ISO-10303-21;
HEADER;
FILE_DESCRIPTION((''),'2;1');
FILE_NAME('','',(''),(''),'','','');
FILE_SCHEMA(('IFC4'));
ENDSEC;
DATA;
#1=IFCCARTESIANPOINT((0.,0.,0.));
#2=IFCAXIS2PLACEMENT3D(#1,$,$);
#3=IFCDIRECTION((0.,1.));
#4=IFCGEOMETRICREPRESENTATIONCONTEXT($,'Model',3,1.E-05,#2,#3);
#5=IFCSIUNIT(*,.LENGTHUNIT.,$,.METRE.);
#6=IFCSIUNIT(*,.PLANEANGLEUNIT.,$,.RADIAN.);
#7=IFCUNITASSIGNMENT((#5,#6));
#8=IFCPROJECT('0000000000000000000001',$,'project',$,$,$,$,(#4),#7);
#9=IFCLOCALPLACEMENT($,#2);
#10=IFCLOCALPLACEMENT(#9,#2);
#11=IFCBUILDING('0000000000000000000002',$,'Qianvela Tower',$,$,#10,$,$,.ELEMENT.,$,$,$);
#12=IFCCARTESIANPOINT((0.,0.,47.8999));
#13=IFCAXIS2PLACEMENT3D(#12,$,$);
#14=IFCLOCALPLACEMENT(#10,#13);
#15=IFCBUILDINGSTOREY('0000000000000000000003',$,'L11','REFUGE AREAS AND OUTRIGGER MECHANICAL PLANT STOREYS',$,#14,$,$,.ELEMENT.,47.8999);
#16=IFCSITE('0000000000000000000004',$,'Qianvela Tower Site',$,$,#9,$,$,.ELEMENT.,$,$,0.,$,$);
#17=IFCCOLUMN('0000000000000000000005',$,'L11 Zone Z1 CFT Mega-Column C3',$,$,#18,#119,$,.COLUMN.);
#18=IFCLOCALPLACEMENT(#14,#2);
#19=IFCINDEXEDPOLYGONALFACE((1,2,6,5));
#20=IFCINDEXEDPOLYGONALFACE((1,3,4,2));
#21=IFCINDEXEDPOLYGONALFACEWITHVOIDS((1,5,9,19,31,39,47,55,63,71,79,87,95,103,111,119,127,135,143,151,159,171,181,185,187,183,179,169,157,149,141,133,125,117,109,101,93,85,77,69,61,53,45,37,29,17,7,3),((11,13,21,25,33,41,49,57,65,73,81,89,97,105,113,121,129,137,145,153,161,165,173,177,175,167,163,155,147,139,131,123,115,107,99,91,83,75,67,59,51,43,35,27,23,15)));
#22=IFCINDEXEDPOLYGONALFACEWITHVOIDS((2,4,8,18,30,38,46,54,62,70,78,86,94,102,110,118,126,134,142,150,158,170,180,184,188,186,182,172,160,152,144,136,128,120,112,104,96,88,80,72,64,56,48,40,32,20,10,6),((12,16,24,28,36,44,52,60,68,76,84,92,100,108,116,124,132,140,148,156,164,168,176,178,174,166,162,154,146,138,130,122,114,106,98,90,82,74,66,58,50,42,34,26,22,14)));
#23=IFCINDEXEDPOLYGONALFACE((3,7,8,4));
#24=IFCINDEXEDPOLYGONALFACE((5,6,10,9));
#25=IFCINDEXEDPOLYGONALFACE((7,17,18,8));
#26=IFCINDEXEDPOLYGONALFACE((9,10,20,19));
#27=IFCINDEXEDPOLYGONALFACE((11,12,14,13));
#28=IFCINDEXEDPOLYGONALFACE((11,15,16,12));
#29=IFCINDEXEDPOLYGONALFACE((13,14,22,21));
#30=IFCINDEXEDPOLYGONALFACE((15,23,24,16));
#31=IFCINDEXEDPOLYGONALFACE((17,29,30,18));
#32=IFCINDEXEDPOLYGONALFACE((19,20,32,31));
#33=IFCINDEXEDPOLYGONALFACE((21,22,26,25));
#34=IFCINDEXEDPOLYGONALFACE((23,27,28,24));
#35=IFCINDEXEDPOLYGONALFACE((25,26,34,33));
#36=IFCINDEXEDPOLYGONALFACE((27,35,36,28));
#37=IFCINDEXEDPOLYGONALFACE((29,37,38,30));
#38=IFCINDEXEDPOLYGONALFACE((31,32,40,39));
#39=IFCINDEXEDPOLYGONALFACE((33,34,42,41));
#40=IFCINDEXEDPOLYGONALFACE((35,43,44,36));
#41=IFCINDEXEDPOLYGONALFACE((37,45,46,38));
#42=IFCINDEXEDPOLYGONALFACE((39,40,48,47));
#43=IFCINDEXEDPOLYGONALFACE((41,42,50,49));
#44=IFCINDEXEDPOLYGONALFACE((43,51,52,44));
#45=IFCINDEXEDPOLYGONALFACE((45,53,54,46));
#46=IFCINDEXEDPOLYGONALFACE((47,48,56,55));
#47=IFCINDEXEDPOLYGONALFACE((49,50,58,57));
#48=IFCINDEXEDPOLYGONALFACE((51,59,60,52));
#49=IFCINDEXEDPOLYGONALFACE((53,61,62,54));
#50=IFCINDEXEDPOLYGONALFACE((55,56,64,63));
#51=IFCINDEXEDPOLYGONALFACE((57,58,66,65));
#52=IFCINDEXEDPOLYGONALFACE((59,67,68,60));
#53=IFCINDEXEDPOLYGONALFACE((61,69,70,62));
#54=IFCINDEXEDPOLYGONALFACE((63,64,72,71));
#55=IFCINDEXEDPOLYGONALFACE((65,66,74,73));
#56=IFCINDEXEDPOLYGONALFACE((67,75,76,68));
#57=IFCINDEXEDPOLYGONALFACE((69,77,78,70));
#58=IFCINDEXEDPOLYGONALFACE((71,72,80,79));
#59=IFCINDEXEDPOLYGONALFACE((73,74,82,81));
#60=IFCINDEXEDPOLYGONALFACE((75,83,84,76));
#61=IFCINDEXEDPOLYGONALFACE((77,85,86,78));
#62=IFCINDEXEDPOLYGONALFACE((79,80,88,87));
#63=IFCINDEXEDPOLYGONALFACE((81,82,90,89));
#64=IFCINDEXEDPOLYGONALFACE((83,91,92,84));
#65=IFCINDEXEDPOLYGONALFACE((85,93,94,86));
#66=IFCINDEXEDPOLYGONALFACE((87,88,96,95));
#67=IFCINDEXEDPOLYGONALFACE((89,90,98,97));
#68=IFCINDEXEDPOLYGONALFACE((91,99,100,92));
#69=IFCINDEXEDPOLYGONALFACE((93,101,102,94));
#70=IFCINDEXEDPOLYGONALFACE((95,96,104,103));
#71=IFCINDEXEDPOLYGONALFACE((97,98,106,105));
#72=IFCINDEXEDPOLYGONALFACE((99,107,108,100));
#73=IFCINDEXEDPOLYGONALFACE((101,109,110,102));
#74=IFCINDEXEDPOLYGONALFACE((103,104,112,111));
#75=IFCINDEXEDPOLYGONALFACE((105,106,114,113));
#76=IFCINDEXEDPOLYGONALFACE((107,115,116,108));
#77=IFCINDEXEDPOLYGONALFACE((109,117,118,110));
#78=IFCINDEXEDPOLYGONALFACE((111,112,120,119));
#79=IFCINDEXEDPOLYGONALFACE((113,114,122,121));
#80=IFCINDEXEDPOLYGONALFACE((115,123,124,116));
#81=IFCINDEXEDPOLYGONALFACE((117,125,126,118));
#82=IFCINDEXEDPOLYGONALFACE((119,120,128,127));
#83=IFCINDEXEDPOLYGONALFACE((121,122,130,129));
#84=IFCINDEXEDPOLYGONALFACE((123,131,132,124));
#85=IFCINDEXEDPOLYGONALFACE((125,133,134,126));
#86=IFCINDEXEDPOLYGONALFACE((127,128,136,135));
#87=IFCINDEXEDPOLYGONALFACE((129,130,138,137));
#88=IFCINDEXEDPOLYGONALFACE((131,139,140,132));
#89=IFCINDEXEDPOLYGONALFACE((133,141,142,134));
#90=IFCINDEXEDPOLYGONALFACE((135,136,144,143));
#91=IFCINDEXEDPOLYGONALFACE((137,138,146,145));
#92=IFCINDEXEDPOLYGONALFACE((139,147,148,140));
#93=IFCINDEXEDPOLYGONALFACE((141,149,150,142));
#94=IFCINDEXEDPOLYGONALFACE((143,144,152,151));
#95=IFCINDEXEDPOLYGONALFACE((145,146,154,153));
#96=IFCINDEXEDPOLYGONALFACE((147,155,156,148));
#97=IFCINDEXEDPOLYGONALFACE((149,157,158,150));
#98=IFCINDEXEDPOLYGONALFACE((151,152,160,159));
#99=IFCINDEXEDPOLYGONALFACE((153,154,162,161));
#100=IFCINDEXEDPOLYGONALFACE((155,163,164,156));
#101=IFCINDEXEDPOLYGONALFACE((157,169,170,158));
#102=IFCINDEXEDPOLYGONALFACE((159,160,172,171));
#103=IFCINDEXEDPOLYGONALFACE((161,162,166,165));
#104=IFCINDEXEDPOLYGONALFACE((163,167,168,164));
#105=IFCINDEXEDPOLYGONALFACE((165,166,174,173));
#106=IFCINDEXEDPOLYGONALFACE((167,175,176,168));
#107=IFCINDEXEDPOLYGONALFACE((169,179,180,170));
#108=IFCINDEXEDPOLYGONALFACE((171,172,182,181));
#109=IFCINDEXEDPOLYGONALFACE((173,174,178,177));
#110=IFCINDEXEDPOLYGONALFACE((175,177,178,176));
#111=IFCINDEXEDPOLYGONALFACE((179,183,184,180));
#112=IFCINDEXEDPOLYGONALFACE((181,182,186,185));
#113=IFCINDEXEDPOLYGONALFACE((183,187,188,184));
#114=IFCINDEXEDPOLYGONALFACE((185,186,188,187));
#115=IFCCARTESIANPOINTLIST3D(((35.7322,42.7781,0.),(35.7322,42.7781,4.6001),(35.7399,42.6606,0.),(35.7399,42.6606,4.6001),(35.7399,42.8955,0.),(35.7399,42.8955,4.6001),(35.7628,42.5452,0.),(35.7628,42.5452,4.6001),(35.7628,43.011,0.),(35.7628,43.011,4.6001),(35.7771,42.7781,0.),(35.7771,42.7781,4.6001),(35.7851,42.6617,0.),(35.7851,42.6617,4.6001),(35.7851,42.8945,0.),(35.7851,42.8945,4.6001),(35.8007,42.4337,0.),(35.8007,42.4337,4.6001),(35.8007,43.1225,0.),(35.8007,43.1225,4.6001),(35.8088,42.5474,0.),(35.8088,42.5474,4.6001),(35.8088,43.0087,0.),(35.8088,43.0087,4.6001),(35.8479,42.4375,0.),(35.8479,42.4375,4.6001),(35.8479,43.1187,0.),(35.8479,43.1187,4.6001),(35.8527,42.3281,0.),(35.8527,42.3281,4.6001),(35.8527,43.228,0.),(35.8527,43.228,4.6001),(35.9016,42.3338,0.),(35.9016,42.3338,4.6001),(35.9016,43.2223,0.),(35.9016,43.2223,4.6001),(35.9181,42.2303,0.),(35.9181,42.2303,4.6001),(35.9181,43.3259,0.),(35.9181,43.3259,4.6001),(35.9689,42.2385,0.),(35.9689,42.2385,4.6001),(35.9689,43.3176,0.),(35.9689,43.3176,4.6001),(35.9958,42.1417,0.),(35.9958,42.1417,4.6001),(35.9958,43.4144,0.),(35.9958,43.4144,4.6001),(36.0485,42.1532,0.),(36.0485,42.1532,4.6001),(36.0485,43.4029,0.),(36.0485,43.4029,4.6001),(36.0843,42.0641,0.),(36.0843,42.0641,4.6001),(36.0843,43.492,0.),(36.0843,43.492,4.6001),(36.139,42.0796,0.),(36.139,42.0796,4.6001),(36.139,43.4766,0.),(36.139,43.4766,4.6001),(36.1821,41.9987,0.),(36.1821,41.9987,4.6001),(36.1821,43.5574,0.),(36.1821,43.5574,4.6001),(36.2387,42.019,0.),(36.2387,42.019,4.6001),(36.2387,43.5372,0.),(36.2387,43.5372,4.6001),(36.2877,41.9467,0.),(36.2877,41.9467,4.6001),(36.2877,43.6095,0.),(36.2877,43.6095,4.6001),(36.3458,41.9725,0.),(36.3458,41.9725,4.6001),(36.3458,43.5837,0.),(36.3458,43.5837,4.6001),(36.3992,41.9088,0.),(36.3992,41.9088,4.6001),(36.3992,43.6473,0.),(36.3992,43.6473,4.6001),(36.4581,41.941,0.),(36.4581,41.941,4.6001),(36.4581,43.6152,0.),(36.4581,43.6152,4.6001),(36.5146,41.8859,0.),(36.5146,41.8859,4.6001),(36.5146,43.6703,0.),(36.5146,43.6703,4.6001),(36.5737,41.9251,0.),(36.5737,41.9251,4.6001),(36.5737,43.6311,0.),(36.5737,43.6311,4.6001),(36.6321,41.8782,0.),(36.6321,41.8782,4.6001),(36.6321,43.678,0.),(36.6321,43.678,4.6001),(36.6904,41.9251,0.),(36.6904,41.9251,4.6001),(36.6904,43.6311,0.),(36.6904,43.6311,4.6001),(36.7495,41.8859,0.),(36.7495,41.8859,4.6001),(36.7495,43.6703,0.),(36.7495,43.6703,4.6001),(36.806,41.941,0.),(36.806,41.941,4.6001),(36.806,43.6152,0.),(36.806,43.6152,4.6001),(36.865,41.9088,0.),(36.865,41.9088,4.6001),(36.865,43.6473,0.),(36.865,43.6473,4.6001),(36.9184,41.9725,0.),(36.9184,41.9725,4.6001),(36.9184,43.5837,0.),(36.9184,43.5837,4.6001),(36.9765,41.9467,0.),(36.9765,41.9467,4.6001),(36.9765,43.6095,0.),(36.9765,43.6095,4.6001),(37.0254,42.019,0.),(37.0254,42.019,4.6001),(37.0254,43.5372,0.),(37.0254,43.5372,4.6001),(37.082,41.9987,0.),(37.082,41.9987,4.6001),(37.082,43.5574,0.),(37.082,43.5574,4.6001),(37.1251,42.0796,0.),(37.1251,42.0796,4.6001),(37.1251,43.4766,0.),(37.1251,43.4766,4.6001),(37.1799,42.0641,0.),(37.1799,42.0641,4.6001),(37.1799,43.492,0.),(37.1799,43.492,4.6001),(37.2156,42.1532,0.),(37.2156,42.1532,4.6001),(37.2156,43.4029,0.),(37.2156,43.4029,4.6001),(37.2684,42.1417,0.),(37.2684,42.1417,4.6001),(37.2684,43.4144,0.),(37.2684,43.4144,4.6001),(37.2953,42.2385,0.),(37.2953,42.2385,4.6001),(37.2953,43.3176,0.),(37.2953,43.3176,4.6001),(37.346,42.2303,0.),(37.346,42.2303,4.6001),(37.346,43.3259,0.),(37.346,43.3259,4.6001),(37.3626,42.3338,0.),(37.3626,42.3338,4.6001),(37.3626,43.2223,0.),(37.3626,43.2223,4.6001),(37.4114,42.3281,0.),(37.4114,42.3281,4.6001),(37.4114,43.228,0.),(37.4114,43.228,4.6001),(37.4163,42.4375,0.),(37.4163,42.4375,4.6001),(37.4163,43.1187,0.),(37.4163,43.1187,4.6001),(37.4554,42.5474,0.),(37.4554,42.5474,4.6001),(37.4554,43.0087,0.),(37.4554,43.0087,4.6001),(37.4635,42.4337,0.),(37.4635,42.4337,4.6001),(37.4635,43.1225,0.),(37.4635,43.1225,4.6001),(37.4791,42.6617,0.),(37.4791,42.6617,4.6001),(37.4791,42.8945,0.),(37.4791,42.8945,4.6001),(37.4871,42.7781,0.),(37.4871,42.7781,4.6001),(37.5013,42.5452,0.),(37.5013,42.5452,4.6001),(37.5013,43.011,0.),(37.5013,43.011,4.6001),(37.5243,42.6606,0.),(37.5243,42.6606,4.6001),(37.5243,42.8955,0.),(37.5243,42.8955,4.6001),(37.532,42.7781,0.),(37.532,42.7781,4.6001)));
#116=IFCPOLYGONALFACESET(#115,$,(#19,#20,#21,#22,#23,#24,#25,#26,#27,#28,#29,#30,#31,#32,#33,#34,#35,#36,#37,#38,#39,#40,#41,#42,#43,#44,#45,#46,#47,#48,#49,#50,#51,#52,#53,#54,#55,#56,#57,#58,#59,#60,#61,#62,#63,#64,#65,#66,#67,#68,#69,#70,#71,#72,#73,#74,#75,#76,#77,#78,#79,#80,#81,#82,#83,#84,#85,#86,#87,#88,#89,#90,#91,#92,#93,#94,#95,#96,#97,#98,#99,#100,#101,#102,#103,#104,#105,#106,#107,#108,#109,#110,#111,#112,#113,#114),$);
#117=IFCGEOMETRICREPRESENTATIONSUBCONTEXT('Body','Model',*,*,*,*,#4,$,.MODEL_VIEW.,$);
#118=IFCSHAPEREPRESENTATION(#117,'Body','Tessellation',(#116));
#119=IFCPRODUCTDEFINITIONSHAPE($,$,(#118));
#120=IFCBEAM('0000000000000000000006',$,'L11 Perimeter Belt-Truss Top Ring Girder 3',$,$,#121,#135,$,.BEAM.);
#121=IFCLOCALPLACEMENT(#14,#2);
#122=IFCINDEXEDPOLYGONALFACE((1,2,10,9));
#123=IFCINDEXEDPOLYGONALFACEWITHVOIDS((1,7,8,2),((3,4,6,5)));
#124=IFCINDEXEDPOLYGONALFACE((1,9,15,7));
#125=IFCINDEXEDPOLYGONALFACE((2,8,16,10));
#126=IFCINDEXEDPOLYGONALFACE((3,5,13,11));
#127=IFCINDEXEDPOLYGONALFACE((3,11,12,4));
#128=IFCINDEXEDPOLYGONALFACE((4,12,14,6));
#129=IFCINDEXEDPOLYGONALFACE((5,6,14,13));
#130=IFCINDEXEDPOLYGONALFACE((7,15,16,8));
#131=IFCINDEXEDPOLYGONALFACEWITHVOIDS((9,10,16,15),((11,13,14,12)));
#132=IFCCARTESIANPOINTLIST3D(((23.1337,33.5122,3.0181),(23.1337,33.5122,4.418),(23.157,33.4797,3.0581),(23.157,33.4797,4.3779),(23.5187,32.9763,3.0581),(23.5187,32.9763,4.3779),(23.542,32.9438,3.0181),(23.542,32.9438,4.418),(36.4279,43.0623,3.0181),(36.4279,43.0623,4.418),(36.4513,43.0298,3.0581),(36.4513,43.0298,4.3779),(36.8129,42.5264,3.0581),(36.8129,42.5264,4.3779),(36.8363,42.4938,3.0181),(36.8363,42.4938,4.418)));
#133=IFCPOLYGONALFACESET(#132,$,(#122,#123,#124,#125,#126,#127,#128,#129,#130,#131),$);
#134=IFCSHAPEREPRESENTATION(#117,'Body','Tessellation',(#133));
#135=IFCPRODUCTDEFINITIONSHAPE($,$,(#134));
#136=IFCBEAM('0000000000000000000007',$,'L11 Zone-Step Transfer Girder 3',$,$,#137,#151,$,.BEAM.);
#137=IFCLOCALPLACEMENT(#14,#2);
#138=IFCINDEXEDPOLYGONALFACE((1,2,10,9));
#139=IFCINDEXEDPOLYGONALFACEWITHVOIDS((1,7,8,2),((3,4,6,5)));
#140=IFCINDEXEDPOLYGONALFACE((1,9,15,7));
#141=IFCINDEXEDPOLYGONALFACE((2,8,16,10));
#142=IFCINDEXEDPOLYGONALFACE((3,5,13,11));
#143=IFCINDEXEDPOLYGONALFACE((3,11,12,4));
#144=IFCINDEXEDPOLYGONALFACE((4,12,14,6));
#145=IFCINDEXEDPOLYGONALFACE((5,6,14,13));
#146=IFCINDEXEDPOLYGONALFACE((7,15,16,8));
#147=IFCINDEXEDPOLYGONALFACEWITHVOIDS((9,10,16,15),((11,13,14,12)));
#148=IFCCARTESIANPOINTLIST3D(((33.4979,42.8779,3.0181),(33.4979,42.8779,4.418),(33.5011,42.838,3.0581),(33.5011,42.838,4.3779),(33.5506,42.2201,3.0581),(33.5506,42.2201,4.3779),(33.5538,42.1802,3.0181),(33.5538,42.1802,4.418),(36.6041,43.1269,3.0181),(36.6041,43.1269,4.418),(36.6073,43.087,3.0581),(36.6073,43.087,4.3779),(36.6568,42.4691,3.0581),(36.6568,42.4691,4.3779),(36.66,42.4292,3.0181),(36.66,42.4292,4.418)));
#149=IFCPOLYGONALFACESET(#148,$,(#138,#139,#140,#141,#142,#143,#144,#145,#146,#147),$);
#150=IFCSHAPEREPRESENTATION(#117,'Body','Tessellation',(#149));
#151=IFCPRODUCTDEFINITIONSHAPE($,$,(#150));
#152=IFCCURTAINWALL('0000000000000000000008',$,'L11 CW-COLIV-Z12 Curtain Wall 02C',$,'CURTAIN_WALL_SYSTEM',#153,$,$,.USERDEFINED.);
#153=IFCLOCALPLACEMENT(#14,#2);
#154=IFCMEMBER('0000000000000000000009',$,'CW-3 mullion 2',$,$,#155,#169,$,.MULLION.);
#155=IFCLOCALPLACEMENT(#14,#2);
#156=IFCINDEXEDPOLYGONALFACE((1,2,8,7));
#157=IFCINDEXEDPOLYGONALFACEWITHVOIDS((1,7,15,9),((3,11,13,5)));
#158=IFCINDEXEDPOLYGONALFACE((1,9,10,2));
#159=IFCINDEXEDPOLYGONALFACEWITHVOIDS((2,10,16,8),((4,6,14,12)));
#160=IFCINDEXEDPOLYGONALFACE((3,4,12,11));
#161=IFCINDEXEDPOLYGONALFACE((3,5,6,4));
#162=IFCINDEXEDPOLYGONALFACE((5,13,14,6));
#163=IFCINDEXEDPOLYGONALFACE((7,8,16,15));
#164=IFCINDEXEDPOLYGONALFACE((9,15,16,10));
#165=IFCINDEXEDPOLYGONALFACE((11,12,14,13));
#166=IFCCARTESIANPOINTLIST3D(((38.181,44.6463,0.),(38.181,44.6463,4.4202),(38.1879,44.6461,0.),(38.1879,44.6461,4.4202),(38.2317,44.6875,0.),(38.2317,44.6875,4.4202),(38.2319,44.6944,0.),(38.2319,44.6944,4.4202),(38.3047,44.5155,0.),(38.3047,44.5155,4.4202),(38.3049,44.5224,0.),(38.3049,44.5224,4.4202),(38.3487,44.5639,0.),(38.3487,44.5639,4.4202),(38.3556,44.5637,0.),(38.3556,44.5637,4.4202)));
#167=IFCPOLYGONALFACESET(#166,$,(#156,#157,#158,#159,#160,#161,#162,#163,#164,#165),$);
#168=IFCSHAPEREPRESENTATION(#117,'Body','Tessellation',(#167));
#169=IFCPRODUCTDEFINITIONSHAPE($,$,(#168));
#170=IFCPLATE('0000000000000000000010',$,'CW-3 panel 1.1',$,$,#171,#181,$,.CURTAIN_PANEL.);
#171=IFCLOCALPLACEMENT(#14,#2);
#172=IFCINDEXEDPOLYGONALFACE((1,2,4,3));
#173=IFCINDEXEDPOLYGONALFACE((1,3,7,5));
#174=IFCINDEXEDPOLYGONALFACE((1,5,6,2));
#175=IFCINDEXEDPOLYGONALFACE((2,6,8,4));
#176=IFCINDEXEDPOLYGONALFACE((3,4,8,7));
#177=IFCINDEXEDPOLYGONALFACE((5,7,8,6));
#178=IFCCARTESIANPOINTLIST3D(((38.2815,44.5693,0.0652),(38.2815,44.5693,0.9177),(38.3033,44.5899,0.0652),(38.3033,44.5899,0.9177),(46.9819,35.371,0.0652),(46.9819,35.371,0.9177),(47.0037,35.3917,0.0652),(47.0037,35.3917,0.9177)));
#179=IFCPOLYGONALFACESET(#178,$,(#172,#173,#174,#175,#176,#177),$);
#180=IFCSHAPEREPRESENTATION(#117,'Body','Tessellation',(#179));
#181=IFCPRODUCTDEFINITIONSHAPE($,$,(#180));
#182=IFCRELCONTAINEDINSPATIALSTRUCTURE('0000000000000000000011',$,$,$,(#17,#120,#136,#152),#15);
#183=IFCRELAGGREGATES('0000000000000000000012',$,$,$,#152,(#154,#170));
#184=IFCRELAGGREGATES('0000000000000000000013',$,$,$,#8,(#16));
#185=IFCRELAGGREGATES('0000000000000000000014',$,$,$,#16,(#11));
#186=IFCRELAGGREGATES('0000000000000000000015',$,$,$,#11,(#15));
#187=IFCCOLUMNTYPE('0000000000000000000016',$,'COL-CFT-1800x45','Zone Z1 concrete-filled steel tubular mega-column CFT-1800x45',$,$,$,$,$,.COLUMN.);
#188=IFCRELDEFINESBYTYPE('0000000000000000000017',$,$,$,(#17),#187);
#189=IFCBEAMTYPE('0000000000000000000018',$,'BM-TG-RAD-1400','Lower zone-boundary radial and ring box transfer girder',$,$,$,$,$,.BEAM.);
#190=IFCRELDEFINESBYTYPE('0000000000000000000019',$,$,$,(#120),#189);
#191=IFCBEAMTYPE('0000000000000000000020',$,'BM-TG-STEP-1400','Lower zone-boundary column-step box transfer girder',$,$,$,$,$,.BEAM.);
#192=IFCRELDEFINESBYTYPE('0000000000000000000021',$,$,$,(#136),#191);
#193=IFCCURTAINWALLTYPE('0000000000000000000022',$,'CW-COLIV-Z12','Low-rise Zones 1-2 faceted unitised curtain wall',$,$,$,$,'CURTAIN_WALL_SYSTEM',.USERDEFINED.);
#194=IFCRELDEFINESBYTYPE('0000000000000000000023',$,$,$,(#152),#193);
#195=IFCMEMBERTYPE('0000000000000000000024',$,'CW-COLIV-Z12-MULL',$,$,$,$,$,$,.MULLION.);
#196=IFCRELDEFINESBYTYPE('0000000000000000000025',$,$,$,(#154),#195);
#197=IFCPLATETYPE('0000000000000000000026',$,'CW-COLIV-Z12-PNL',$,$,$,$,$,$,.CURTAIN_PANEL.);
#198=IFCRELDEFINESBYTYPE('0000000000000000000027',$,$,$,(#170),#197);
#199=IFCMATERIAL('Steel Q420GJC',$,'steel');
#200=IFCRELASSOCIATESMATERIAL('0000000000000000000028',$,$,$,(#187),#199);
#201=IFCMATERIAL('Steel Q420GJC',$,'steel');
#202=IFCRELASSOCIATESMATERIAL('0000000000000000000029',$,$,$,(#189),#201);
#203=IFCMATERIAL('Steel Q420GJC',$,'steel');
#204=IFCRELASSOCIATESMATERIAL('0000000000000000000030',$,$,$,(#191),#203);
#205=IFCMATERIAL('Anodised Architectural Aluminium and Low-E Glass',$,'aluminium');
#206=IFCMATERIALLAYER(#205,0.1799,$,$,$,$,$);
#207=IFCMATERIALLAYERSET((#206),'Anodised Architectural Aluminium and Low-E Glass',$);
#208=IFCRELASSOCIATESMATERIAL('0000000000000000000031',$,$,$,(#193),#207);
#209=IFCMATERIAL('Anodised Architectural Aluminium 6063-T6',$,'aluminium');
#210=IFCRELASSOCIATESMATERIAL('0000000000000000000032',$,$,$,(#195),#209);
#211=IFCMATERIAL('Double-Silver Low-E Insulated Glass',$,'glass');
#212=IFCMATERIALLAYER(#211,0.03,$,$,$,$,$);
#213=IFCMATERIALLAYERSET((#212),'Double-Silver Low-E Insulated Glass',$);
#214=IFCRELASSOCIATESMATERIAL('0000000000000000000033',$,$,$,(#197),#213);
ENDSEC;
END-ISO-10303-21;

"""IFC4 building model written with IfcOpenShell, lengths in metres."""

from ifc_helpers import new_model, si_unit, direction, frame, origin, origin_2d, place, context, subcontext, project, spatial, rectangle, hollow_rectangle, hollow_circle, extrude, material, layer, layer_set, material_profile, profile_set, type_object, element, aggregate, save


model = new_model("IFC4")

# Units and contexts
model_context = context("Model", 3, precision=1e-05, world=origin(), true_north=direction((0.0, 1.0)))
body_context = subcontext(model_context, "Body", "Model", "MODEL_VIEW")
ifc_project = project(units=[si_unit("LENGTHUNIT", "METRE"), si_unit("PLANEANGLEUNIT", "RADIAN")], contexts=[model_context])

# Site, building, storey
site_placement = place(None, origin())
site = spatial("IfcSite", under=ifc_project, at=site_placement, Name="Qianvela Tower Site", CompositionType="ELEMENT", RefElevation=0.0)
building_placement = place(site_placement, origin())
building = spatial("IfcBuilding", under=site, at=building_placement, Name="Qianvela Tower", CompositionType="ELEMENT")
storey_placement = place(building_placement, frame((0.0, 0.0, 47.8999)))
storey = spatial("IfcBuildingStorey", under=building, at=storey_placement, Name="L11", Description="REFUGE AREAS AND OUTRIGGER MECHANICAL PLANT STOREYS", CompositionType="ELEMENT", Elevation=47.8999)

# Column
ifc_material_1 = material(Name="Steel Q420GJC", Category="steel")
ifc_material_profile_1 = material_profile(ifc_material_1, hollow_circle(Radius=0.8999, WallThickness=0.0449, at=origin_2d()), Name="CFT-1800x45")
ifc_profile_set_1 = profile_set([ifc_material_profile_1], Name="Steel Q420GJC")
column_type = type_object("IfcColumnType", Name="COL-CFT-1800x45", Description="Zone Z1 concrete-filled steel tubular mega-column CFT-1800x45", PredefinedType="COLUMN", material=ifc_profile_set_1)
column_placement = place(storey_placement, frame((36.6321, 42.7781, 0.0), z_axis=(0.0, 0.0, 1.0), x_axis=(1.0, 0.0, 0.0)))
element("IfcColumn", 1, at=column_placement, inside=storey, type_object=column_type, Name="L11 Zone Z1 CFT Mega-Column C3", PredefinedType="COLUMN", context=body_context, shape_type="SweptSolid", body=[
    extrude(hollow_circle(Radius=0.8999, WallThickness=0.0449, at=origin_2d()), origin(), (0.0, 0.0, 1.0), 4.6001),
])

# Beams
ifc_material_2 = material(Name="Steel Q420GJC", Category="steel")
ifc_material_profile_2 = material_profile(ifc_material_2, hollow_rectangle(XDim=0.7, YDim=1.3999, WallThickness=0.04, at=origin_2d()), Name="TG-BOX-1400x700x40")
ifc_profile_set_2 = profile_set([ifc_material_profile_2], Name="Steel Q420GJC")
beam_type_1 = type_object("IfcBeamType", Name="BM-TG-RAD-1400", Description="Lower zone-boundary radial and ring box transfer girder", PredefinedType="BEAM", material=ifc_profile_set_2)
beam_1_placement = place(storey_placement, frame((36.6321, 42.7781, 3.718), z_axis=(-0.812164, -0.583429, 0.0), x_axis=(0.583429, -0.812164, 0.0)))
element("IfcBeam", 2, at=beam_1_placement, inside=storey, type_object=beam_type_1, Name="L11 Perimeter Belt-Truss Top Ring Girder 3", PredefinedType="BEAM", context=body_context, shape_type="SweptSolid", body=[
    extrude(hollow_rectangle(XDim=0.7, YDim=1.3999, WallThickness=0.04, at=origin_2d()), origin(), (0.0, 0.0, 1.0), 16.3689),
])
ifc_material_3 = material(Name="Steel Q420GJC", Category="steel")
ifc_material_profile_3 = material_profile(ifc_material_3, hollow_rectangle(XDim=0.7, YDim=1.3999, WallThickness=0.04, at=origin_2d()), Name="TG-BOX-1400x700x40")
ifc_profile_set_3 = profile_set([ifc_material_profile_3], Name="Steel Q420GJC")
beam_type_2 = type_object("IfcBeamType", Name="BM-TG-STEP-1400", Description="Lower zone-boundary column-step box transfer girder", PredefinedType="BEAM", material=ifc_profile_set_3)
beam_2_placement = place(storey_placement, frame((36.6321, 42.7781, 3.718), z_axis=(-0.996802, -0.079913, 0.0), x_axis=(0.079913, -0.996802, 0.0)))
element("IfcBeam", 3, at=beam_2_placement, inside=storey, type_object=beam_type_2, Name="L11 Zone-Step Transfer Girder 3", PredefinedType="BEAM", context=body_context, shape_type="SweptSolid", body=[
    extrude(hollow_rectangle(XDim=0.7, YDim=1.3999, WallThickness=0.04, at=origin_2d()), origin(), (0.0, 0.0, 1.0), 3.1162),
])

# Curtain wall, member, plate
ifc_material_4 = material(Name="Anodised Architectural Aluminium and Low-E Glass", Category="aluminium")
ifc_layer_1 = layer(ifc_material_4, 0.1799)
ifc_layer_set_1 = layer_set([ifc_layer_1], Name="Anodised Architectural Aluminium and Low-E Glass")
curtain_wall_type = type_object("IfcCurtainWallType", Name="CW-COLIV-Z12", Description="Low-rise Zones 1-2 faceted unitised curtain wall", ElementType="CURTAIN_WALL_SYSTEM", PredefinedType="USERDEFINED", material=ifc_layer_set_1)
curtain_wall_placement = place(storey_placement, origin())
curtain_wall = element("IfcCurtainWall", 4, at=curtain_wall_placement, inside=storey, type_object=curtain_wall_type, Name="L11 CW-COLIV-Z12 Curtain Wall 02C", ObjectType="CURTAIN_WALL_SYSTEM", PredefinedType="USERDEFINED")
ifc_material_5 = material(Name="Anodised Architectural Aluminium 6063-T6", Category="aluminium")
ifc_material_profile_4 = material_profile(ifc_material_5, hollow_rectangle(XDim=0.0701, YDim=0.1799, WallThickness=0.0049, at=origin_2d()), Name="ALU-MULL-70x180")
ifc_profile_set_4 = profile_set([ifc_material_profile_4], Name="Anodised Architectural Aluminium 6063-T6")
member_type = type_object("IfcMemberType", Name="CW-COLIV-Z12-MULL", PredefinedType="MULLION", material=ifc_profile_set_4)
member_placement = place(storey_placement, frame((38.2683, 44.605, 0.0), z_axis=(0.0, 0.0, 1.0), x_axis=(-0.726492, -0.687175, 0.0)))
member = element("IfcMember", 5, at=member_placement, type_object=member_type, Name="CW-3 mullion 2", PredefinedType="MULLION", context=body_context, shape_type="SweptSolid", body=[
    extrude(hollow_rectangle(XDim=0.0701, YDim=0.1799, WallThickness=0.0049, at=origin_2d()), origin(), (0.0, 0.0, 1.0), 4.4202),
])
ifc_material_6 = material(Name="Double-Silver Low-E Insulated Glass", Category="glass")
ifc_layer_2 = layer(ifc_material_6, 0.03)
ifc_layer_set_2 = layer_set([ifc_layer_2], Name="Double-Silver Low-E Insulated Glass")
plate_type_1 = type_object("IfcPlateType", Name="CW-COLIV-Z12-PNL", PredefinedType="CURTAIN_PANEL", material=ifc_layer_set_2)
plate_1_placement = place(storey_placement, frame((42.6426, 39.9805, 0.0652), z_axis=(0.0, 0.0, 1.0), x_axis=(-0.687175, 0.726492, 0.0)))
plate_1 = element("IfcPlate", 6, at=plate_1_placement, type_object=plate_type_1, Name="CW-3 panel 1.1", PredefinedType="CURTAIN_PANEL", context=body_context, shape_type="SweptSolid", body=[
    extrude(rectangle(XDim=12.6611, YDim=0.03, at=origin_2d()), origin(), (0.0, 0.0, 1.0), 0.8525),
])
aggregate(curtain_wall, [member, plate_1])

save(model, "model.ifc")
